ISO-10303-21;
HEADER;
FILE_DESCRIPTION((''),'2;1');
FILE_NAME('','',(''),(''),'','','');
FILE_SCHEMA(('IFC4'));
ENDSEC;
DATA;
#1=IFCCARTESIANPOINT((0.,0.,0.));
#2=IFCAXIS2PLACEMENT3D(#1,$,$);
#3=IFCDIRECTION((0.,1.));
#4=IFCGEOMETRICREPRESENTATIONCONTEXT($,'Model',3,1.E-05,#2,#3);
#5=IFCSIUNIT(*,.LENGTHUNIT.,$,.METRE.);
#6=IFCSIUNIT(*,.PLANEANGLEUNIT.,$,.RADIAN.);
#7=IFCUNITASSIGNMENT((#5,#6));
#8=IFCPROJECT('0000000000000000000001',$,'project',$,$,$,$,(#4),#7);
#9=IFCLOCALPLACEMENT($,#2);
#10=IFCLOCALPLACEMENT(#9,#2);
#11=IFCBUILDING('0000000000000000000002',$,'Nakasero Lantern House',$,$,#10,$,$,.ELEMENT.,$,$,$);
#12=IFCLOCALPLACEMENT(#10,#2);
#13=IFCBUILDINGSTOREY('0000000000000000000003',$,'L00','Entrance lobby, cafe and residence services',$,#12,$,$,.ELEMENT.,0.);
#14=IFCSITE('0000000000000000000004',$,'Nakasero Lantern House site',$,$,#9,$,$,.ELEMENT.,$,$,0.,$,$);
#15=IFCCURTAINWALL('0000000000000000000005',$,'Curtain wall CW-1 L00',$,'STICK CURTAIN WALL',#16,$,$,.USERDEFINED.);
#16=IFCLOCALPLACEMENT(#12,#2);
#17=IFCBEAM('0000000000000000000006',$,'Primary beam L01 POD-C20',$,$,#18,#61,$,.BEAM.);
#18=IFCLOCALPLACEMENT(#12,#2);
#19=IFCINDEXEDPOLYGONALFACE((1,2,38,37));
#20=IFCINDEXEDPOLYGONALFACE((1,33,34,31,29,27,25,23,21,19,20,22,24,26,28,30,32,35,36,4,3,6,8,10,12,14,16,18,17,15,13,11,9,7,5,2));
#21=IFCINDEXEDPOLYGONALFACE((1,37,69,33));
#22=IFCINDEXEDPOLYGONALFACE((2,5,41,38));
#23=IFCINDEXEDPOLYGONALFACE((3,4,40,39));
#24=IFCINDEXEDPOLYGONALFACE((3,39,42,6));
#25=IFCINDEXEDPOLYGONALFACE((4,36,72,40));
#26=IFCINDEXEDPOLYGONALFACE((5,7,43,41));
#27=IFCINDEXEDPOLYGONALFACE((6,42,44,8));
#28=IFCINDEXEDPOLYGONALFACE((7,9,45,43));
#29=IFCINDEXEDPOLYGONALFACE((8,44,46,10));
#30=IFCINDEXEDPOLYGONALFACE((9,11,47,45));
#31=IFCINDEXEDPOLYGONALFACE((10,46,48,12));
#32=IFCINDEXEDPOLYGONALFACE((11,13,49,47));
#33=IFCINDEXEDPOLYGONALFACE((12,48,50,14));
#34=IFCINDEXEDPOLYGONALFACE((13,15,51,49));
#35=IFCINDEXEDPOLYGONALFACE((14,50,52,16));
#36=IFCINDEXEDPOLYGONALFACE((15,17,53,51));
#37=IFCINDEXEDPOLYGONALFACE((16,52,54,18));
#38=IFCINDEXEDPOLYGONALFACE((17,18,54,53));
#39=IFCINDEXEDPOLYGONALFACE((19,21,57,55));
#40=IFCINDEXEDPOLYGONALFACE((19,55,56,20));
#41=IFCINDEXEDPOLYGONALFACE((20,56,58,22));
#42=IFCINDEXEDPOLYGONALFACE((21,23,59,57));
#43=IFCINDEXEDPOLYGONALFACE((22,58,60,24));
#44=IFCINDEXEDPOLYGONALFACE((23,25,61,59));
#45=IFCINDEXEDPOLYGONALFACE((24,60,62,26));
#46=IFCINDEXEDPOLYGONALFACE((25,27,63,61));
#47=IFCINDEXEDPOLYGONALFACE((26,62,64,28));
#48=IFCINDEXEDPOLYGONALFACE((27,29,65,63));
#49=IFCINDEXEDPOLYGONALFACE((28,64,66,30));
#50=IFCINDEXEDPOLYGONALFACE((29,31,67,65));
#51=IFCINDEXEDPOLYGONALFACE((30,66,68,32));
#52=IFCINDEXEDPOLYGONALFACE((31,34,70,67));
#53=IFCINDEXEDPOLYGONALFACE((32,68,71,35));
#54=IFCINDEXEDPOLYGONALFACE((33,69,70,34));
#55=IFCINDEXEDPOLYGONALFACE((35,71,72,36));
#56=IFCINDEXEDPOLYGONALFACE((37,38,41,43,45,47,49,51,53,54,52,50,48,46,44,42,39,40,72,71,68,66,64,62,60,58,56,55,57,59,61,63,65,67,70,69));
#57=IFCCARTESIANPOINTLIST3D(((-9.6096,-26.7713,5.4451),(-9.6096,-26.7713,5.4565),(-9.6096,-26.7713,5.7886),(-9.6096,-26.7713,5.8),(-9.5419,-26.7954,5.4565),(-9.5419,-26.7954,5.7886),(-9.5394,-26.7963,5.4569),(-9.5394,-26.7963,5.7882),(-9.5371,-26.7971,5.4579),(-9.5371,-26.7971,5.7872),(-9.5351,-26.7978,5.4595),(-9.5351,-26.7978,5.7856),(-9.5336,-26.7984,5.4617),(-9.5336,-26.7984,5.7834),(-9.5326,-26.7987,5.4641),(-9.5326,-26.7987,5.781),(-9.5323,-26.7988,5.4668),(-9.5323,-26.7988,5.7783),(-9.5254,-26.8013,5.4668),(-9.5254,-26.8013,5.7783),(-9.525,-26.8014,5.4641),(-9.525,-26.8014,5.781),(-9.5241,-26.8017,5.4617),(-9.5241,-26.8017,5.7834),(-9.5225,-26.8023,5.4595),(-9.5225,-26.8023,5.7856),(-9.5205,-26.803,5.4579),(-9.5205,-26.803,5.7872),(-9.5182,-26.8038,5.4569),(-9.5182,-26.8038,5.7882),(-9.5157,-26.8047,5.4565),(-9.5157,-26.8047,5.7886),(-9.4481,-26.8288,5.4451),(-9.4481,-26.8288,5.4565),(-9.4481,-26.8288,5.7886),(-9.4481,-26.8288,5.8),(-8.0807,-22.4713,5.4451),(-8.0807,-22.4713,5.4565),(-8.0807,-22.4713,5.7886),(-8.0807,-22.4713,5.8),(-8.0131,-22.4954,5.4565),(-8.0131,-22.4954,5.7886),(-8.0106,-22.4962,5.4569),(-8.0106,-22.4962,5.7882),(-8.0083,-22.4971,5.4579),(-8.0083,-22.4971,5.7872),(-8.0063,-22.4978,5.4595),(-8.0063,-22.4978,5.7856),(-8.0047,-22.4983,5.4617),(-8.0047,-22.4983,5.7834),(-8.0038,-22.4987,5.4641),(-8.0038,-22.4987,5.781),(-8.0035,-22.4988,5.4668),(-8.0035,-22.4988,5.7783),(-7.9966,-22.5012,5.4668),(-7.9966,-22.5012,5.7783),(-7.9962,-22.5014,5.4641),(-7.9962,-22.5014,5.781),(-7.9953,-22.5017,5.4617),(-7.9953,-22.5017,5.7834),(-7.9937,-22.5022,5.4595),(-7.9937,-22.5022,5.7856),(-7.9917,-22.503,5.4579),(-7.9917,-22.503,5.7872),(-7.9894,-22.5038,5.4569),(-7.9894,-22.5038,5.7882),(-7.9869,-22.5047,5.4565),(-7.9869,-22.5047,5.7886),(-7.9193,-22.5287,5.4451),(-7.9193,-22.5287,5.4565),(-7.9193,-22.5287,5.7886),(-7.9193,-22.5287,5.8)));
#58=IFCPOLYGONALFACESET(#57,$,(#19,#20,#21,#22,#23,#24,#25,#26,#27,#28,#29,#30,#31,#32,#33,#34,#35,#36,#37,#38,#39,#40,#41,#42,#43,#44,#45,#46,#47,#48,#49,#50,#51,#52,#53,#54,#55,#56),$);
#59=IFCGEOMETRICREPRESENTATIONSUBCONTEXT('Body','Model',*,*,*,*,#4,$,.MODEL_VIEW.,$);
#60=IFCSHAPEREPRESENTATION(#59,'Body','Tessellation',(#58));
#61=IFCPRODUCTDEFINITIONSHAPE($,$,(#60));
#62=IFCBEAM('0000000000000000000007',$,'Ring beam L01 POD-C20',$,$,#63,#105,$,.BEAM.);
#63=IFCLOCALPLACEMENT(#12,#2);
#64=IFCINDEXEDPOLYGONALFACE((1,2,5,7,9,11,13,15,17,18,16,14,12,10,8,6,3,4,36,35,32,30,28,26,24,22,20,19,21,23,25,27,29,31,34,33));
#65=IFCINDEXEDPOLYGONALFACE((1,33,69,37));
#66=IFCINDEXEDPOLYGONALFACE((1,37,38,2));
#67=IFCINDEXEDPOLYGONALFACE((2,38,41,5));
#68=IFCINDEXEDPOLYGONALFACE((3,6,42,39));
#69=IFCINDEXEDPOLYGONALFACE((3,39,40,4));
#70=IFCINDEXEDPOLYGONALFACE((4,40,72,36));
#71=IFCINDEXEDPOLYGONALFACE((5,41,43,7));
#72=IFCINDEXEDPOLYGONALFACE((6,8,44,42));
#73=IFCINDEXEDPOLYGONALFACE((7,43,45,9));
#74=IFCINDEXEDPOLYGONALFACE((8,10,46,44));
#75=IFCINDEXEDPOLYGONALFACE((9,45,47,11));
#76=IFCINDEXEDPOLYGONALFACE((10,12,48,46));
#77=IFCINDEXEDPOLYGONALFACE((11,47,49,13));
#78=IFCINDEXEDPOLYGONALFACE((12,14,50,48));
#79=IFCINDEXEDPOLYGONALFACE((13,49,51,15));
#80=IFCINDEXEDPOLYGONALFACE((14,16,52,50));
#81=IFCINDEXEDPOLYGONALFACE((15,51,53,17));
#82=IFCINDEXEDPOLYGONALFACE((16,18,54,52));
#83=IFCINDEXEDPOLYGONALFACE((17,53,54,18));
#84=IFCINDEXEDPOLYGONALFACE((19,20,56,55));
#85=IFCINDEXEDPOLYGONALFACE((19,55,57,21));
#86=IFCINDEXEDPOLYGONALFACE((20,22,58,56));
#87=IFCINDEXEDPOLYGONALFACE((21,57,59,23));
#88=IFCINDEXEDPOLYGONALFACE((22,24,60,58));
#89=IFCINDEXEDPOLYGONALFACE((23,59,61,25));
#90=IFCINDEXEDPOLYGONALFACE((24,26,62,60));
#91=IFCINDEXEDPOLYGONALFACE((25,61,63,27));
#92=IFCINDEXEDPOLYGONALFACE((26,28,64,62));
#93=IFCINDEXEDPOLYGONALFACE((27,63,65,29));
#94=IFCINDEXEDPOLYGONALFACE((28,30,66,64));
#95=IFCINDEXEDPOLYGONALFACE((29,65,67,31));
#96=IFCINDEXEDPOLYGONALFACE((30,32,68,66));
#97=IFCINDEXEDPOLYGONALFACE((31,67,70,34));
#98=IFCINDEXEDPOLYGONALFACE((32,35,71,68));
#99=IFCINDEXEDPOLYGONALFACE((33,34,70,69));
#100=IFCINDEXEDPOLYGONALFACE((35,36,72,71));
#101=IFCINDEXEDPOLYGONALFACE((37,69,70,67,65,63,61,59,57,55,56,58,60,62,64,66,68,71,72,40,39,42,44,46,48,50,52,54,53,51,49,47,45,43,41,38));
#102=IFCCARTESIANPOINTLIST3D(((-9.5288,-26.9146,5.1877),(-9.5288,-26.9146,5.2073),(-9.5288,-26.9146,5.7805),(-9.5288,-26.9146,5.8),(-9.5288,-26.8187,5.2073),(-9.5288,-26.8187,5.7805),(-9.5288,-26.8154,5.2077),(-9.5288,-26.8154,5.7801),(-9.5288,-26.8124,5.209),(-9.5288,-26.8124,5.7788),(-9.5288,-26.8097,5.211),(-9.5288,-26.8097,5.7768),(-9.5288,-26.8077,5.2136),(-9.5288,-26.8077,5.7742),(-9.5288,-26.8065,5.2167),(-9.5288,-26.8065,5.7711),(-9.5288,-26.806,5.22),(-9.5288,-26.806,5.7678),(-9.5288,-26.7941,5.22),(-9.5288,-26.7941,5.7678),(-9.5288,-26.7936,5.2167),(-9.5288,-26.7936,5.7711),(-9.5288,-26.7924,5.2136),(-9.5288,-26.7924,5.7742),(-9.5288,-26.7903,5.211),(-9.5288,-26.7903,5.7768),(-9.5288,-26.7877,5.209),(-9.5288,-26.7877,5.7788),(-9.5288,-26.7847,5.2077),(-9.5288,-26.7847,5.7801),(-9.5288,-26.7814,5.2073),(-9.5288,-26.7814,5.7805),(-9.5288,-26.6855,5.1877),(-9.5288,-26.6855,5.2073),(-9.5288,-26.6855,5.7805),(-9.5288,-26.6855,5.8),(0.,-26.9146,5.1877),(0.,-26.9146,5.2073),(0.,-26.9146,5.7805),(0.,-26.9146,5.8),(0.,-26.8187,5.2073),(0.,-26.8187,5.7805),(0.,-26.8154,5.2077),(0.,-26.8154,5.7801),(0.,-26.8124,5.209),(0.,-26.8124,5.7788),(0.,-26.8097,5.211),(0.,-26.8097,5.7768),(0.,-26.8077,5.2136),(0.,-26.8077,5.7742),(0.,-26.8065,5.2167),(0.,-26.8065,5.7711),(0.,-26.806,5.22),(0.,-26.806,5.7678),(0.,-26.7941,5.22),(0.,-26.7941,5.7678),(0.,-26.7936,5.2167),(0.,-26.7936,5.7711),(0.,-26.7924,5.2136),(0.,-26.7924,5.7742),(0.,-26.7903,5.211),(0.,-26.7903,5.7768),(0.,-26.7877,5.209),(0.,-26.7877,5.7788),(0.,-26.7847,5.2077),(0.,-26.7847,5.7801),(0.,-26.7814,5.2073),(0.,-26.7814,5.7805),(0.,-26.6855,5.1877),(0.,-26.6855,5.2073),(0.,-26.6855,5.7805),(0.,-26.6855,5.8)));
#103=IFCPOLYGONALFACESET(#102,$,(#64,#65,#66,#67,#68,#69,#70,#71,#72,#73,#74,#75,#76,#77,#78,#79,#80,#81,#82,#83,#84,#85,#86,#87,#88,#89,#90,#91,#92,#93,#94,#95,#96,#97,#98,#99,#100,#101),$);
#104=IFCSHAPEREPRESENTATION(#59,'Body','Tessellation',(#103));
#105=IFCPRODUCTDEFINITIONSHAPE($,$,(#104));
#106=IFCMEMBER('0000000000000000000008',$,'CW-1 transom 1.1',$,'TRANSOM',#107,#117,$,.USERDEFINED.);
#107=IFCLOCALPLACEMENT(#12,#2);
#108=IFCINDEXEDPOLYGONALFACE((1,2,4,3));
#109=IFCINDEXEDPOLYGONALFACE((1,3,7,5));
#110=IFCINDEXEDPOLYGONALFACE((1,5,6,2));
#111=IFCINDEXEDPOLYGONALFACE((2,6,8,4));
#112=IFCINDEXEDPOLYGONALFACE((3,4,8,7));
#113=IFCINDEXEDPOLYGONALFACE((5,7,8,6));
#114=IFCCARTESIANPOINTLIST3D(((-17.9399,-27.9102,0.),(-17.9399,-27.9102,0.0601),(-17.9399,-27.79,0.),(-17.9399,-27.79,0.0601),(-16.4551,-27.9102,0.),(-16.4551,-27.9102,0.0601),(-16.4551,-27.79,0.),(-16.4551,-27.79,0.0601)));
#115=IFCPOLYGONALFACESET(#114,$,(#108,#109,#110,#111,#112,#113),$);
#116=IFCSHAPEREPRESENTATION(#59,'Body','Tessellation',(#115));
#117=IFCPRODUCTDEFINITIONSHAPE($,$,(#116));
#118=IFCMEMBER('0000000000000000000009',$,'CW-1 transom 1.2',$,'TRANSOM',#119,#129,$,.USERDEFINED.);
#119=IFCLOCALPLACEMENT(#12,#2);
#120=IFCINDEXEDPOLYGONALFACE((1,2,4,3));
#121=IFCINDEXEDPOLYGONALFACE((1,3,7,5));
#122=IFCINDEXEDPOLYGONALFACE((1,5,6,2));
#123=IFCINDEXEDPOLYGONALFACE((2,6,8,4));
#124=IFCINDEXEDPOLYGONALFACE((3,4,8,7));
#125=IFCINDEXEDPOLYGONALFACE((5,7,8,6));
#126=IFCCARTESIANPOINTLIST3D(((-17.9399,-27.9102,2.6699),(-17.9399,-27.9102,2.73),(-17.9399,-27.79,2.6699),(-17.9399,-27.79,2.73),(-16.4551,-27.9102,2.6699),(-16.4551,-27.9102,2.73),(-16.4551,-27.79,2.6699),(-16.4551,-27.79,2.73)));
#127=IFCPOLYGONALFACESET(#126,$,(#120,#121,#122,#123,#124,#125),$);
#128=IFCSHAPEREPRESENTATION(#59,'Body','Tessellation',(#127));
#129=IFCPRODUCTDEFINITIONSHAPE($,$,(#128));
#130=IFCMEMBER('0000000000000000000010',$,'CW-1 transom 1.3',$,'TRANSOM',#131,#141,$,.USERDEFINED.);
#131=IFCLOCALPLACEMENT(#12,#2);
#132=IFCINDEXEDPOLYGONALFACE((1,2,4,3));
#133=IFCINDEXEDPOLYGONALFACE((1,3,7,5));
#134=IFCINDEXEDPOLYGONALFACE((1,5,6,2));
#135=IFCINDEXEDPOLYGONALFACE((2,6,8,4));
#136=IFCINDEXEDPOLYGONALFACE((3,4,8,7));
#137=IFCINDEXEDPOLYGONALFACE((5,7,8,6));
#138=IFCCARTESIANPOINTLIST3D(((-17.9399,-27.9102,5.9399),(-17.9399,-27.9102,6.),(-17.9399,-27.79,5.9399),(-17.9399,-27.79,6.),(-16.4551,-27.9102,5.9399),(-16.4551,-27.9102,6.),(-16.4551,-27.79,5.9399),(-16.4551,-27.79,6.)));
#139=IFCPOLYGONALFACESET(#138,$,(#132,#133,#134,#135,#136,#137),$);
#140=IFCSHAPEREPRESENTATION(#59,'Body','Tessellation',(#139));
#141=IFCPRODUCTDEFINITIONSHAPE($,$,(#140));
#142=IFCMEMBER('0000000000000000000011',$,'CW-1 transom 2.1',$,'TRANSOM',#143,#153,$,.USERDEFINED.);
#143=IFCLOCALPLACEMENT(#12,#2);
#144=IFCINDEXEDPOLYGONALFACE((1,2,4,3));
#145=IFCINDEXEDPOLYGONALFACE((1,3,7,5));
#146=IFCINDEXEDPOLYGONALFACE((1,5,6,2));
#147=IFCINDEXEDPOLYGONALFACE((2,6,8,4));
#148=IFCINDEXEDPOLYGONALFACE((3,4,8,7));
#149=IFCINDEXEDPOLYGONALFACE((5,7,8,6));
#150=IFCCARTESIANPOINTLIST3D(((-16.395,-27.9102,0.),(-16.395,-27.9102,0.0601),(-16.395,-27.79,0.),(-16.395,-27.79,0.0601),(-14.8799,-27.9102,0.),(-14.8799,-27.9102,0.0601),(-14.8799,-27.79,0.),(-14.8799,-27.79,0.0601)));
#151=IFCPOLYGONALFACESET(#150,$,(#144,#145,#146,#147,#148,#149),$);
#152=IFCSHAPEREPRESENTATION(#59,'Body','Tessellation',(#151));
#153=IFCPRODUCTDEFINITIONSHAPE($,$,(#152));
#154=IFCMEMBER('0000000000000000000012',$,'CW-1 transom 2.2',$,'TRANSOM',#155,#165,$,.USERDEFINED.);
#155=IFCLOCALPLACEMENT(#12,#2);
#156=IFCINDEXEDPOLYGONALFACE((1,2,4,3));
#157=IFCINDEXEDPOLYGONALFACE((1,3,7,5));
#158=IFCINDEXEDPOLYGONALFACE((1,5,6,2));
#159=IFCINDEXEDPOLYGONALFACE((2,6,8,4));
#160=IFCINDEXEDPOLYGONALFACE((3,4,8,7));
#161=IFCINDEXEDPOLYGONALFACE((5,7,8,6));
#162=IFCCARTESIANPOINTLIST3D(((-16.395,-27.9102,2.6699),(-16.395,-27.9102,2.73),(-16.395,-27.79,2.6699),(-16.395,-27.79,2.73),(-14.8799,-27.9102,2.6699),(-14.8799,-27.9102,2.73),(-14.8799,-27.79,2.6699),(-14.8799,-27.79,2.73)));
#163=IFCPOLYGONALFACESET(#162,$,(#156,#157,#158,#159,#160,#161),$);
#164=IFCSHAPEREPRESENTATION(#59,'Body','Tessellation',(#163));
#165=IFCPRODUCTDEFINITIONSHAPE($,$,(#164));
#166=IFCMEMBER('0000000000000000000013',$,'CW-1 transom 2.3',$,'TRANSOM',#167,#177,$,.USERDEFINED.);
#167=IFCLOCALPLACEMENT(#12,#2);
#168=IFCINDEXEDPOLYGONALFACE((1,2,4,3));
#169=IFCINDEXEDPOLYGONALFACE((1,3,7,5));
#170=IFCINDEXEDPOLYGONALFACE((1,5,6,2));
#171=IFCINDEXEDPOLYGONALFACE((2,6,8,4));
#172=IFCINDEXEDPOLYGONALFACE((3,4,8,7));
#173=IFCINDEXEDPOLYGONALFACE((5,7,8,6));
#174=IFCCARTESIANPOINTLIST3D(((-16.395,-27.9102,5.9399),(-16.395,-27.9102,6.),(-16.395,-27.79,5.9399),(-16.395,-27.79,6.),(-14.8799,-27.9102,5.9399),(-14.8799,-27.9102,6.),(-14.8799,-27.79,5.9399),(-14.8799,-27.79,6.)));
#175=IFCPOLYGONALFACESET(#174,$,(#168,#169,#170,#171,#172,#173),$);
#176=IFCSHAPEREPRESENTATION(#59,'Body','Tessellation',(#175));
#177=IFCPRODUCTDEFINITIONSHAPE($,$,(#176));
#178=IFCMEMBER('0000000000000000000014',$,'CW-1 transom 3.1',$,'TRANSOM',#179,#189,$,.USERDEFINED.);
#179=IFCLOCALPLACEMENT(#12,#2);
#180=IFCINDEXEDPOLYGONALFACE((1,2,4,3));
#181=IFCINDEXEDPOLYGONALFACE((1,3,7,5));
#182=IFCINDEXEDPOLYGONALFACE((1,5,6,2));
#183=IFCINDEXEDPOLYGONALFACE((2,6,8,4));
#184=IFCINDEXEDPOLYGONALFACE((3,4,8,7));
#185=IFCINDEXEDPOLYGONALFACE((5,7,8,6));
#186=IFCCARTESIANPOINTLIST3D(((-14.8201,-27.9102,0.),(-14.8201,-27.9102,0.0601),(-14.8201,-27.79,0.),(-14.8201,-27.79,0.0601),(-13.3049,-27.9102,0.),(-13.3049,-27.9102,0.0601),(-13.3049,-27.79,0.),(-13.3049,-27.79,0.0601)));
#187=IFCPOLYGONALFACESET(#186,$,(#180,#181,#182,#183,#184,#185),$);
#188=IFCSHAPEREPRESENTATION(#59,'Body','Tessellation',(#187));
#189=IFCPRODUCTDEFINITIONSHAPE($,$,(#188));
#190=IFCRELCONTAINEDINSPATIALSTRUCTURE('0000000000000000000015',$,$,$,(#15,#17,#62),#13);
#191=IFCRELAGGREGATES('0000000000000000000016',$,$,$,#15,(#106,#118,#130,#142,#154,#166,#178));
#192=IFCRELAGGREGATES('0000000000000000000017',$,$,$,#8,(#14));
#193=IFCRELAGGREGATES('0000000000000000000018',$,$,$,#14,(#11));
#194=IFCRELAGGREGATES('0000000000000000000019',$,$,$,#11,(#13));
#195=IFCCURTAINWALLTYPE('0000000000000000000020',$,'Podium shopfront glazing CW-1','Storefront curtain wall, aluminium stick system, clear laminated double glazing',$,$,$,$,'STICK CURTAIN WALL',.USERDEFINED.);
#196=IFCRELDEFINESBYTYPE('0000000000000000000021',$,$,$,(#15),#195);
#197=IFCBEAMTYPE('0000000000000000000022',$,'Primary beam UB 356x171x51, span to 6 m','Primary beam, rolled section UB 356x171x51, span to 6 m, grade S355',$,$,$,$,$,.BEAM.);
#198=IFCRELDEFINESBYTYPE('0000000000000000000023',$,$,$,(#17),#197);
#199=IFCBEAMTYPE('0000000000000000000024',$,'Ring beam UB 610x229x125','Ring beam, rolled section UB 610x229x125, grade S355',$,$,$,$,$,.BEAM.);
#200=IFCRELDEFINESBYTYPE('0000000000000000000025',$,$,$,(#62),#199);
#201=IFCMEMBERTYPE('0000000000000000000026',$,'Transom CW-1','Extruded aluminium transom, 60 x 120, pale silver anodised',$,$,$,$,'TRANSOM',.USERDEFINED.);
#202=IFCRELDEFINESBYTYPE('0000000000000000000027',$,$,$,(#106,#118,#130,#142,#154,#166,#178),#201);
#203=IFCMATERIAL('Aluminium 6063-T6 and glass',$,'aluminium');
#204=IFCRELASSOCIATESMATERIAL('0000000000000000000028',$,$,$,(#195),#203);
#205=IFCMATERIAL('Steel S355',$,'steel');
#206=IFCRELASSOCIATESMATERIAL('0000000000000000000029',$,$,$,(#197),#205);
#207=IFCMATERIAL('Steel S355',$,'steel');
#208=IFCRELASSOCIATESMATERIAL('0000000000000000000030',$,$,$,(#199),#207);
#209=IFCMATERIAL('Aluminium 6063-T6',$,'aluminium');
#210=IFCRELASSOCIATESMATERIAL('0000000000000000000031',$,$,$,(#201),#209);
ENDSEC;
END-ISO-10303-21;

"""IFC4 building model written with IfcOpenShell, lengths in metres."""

from ifc_helpers import new_model, si_unit, direction, frame, origin, origin_2d, place, context, subcontext, project, spatial, rectangle, i_section, extrude, material, material_profile, profile_set, type_object, element, aggregate, save


model = new_model("IFC4")

# Units and contexts
model_context = context("Model", 3, precision=1e-05, world=origin(), true_north=direction((0.0, 1.0)))
body_context = subcontext(model_context, "Body", "Model", "MODEL_VIEW")
ifc_project = project(units=[si_unit("LENGTHUNIT", "METRE"), si_unit("PLANEANGLEUNIT", "RADIAN")], contexts=[model_context])

# Site, building, storey
site_placement = place(None, origin())
site = spatial("IfcSite", under=ifc_project, at=site_placement, Name="Nakasero Lantern House site", CompositionType="ELEMENT", RefElevation=0.0)
building_placement = place(site_placement, origin())
building = spatial("IfcBuilding", under=site, at=building_placement, Name="Nakasero Lantern House", CompositionType="ELEMENT")
storey_placement = place(building_placement, origin())
storey = spatial("IfcBuildingStorey", under=building, at=storey_placement, Name="L00", Description="Entrance lobby, cafe and residence services", CompositionType="ELEMENT", Elevation=0.0)

# Shared definitions
ifc_material_1 = material(Name="Aluminium 6063-T6 and glass", Category="aluminium")
curtain_wall_type = type_object("IfcCurtainWallType", Name="Podium shopfront glazing CW-1", Description="Storefront curtain wall, aluminium stick system, clear laminated double glazing", ElementType="STICK CURTAIN WALL", PredefinedType="USERDEFINED", material=ifc_material_1)

# Curtain wall
curtain_wall_1_placement = place(storey_placement, origin())
curtain_wall_1 = element("IfcCurtainWall", 1, at=curtain_wall_1_placement, inside=storey, type_object=curtain_wall_type, Name="Curtain wall CW-1 L00", ObjectType="STICK CURTAIN WALL", PredefinedType="USERDEFINED")

# Beams
ifc_material_2 = material(Name="Steel S355", Category="steel")
ifc_material_profile_1 = material_profile(ifc_material_2, i_section(OverallWidth=0.1714, OverallDepth=0.355, WebThickness=0.0073, FlangeThickness=0.0115, FilletRadius=0.0103, at=origin_2d()), Name="UB 356x171x51")
ifc_profile_set_1 = profile_set([ifc_material_profile_1], Name="Steel S355")
beam_type_1 = type_object("IfcBeamType", Name="Primary beam UB 356x171x51, span to 6 m", Description="Primary beam, rolled section UB 356x171x51, span to 6 m, grade S355", PredefinedType="BEAM", material=ifc_profile_set_1)
beam_1_placement = place(storey_placement, frame((-9.5288, -26.8, 5.6226), z_axis=(0.334991, 0.942221, 0.0), x_axis=(-0.942221, 0.334991, 0.0)))
element("IfcBeam", 2, at=beam_1_placement, inside=storey, type_object=beam_type_1, Name="Primary beam L01 POD-C20", PredefinedType="BEAM", context=body_context, shape_type="SweptSolid", body=[
    extrude(i_section(OverallWidth=0.1714, OverallDepth=0.355, WebThickness=0.0073, FlangeThickness=0.0115, FilletRadius=0.0103, at=origin_2d()), origin(), (0.0, 0.0, 1.0), 4.5637),
])
ifc_material_3 = material(Name="Steel S355", Category="steel")
ifc_material_profile_2 = material_profile(ifc_material_3, i_section(OverallWidth=0.229, OverallDepth=0.6123, WebThickness=0.012, FlangeThickness=0.0195, FilletRadius=0.0127, at=origin_2d()), Name="UB 610x229x125")
ifc_profile_set_2 = profile_set([ifc_material_profile_2], Name="Steel S355")
beam_type_2 = type_object("IfcBeamType", Name="Ring beam UB 610x229x125", Description="Ring beam, rolled section UB 610x229x125, grade S355", PredefinedType="BEAM", material=ifc_profile_set_2)
beam_2_placement = place(storey_placement, frame((-9.5288, -26.8, 5.4939), z_axis=(1.0, 0.0, 0.0), x_axis=(0.0, 1.0, 0.0)))
element("IfcBeam", 3, at=beam_2_placement, inside=storey, type_object=beam_type_2, Name="Ring beam L01 POD-C20", PredefinedType="BEAM", context=body_context, shape_type="SweptSolid", body=[
    extrude(i_section(OverallWidth=0.229, OverallDepth=0.6123, WebThickness=0.012, FlangeThickness=0.0195, FilletRadius=0.0127, at=origin_2d()), origin(), (0.0, 0.0, 1.0), 9.5288),
])

# Members
ifc_material_4 = material(Name="Aluminium 6063-T6", Category="aluminium")
ifc_material_profile_3 = material_profile(ifc_material_4, rectangle(XDim=0.0601, YDim=0.1201, at=origin_2d()), Name="CW-1 transom 60x120")
ifc_profile_set_3 = profile_set([ifc_material_profile_3], Name="Aluminium 6063-T6")
member_type_1 = type_object("IfcMemberType", Name="Transom CW-1", Description="Extruded aluminium transom, 60 x 120, pale silver anodised", ElementType="TRANSOM", PredefinedType="USERDEFINED", material=ifc_profile_set_3)
member_1_placement = place(storey_placement, frame((-17.9399, -27.8501, 0.03), z_axis=(1.0, 0.0, 0.0), x_axis=(0.0, 0.0, 1.0)))
member_1 = element("IfcMember", 4, at=member_1_placement, type_object=member_type_1, Name="CW-1 transom 1.1", ObjectType="TRANSOM", PredefinedType="USERDEFINED", context=body_context, shape_type="SweptSolid", body=[
    extrude(rectangle(XDim=0.0601, YDim=0.1201, at=origin_2d()), origin(), (0.0, 0.0, 1.0), 1.4849),
])
member_2_placement = place(storey_placement, frame((-17.9399, -27.8501, 2.7), z_axis=(1.0, 0.0, 0.0), x_axis=(0.0, 0.0, 1.0)))
member_2 = element("IfcMember", 5, at=member_2_placement, type_object=member_type_1, Name="CW-1 transom 1.2", ObjectType="TRANSOM", PredefinedType="USERDEFINED", context=body_context, shape_type="SweptSolid", body=[
    extrude(rectangle(XDim=0.0601, YDim=0.1201, at=origin_2d()), origin(), (0.0, 0.0, 1.0), 1.4849),
])
member_3_placement = place(storey_placement, frame((-17.9399, -27.8501, 5.97), z_axis=(1.0, 0.0, 0.0), x_axis=(0.0, 0.0, 1.0)))
member_3 = element("IfcMember", 6, at=member_3_placement, type_object=member_type_1, Name="CW-1 transom 1.3", ObjectType="TRANSOM", PredefinedType="USERDEFINED", context=body_context, shape_type="SweptSolid", body=[
    extrude(rectangle(XDim=0.0601, YDim=0.1201, at=origin_2d()), origin(), (0.0, 0.0, 1.0), 1.4849),
])
member_4_placement = place(storey_placement, frame((-16.395, -27.8501, 0.03), z_axis=(1.0, 0.0, 0.0), x_axis=(0.0, 0.0, 1.0)))
member_4 = element("IfcMember", 7, at=member_4_placement, type_object=member_type_1, Name="CW-1 transom 2.1", ObjectType="TRANSOM", PredefinedType="USERDEFINED", context=body_context, shape_type="SweptSolid", body=[
    extrude(rectangle(XDim=0.0601, YDim=0.1201, at=origin_2d()), origin(), (0.0, 0.0, 1.0), 1.5151),
])
member_5_placement = place(storey_placement, frame((-16.395, -27.8501, 2.7), z_axis=(1.0, 0.0, 0.0), x_axis=(0.0, 0.0, 1.0)))
member_5 = element("IfcMember", 8, at=member_5_placement, type_object=member_type_1, Name="CW-1 transom 2.2", ObjectType="TRANSOM", PredefinedType="USERDEFINED", context=body_context, shape_type="SweptSolid", body=[
    extrude(rectangle(XDim=0.0601, YDim=0.1201, at=origin_2d()), origin(), (0.0, 0.0, 1.0), 1.5151),
])
member_6_placement = place(storey_placement, frame((-16.395, -27.8501, 5.97), z_axis=(1.0, 0.0, 0.0), x_axis=(0.0, 0.0, 1.0)))
member_6 = element("IfcMember", 9, at=member_6_placement, type_object=member_type_1, Name="CW-1 transom 2.3", ObjectType="TRANSOM", PredefinedType="USERDEFINED", context=body_context, shape_type="SweptSolid", body=[
    extrude(rectangle(XDim=0.0601, YDim=0.1201, at=origin_2d()), origin(), (0.0, 0.0, 1.0), 1.5151),
])
member_7_placement = place(storey_placement, frame((-14.8201, -27.8501, 0.03), z_axis=(1.0, 0.0, 0.0), x_axis=(0.0, 0.0, 1.0)))
member_7 = element("IfcMember", 10, at=member_7_placement, type_object=member_type_1, Name="CW-1 transom 3.1", ObjectType="TRANSOM", PredefinedType="USERDEFINED", context=body_context, shape_type="SweptSolid", body=[
    extrude(rectangle(XDim=0.0601, YDim=0.1201, at=origin_2d()), origin(), (0.0, 0.0, 1.0), 1.5151),
])

aggregate(curtain_wall_1, [member_1, member_2, member_3, member_4, member_5, member_6, member_7])

save(model, "model.ifc")
